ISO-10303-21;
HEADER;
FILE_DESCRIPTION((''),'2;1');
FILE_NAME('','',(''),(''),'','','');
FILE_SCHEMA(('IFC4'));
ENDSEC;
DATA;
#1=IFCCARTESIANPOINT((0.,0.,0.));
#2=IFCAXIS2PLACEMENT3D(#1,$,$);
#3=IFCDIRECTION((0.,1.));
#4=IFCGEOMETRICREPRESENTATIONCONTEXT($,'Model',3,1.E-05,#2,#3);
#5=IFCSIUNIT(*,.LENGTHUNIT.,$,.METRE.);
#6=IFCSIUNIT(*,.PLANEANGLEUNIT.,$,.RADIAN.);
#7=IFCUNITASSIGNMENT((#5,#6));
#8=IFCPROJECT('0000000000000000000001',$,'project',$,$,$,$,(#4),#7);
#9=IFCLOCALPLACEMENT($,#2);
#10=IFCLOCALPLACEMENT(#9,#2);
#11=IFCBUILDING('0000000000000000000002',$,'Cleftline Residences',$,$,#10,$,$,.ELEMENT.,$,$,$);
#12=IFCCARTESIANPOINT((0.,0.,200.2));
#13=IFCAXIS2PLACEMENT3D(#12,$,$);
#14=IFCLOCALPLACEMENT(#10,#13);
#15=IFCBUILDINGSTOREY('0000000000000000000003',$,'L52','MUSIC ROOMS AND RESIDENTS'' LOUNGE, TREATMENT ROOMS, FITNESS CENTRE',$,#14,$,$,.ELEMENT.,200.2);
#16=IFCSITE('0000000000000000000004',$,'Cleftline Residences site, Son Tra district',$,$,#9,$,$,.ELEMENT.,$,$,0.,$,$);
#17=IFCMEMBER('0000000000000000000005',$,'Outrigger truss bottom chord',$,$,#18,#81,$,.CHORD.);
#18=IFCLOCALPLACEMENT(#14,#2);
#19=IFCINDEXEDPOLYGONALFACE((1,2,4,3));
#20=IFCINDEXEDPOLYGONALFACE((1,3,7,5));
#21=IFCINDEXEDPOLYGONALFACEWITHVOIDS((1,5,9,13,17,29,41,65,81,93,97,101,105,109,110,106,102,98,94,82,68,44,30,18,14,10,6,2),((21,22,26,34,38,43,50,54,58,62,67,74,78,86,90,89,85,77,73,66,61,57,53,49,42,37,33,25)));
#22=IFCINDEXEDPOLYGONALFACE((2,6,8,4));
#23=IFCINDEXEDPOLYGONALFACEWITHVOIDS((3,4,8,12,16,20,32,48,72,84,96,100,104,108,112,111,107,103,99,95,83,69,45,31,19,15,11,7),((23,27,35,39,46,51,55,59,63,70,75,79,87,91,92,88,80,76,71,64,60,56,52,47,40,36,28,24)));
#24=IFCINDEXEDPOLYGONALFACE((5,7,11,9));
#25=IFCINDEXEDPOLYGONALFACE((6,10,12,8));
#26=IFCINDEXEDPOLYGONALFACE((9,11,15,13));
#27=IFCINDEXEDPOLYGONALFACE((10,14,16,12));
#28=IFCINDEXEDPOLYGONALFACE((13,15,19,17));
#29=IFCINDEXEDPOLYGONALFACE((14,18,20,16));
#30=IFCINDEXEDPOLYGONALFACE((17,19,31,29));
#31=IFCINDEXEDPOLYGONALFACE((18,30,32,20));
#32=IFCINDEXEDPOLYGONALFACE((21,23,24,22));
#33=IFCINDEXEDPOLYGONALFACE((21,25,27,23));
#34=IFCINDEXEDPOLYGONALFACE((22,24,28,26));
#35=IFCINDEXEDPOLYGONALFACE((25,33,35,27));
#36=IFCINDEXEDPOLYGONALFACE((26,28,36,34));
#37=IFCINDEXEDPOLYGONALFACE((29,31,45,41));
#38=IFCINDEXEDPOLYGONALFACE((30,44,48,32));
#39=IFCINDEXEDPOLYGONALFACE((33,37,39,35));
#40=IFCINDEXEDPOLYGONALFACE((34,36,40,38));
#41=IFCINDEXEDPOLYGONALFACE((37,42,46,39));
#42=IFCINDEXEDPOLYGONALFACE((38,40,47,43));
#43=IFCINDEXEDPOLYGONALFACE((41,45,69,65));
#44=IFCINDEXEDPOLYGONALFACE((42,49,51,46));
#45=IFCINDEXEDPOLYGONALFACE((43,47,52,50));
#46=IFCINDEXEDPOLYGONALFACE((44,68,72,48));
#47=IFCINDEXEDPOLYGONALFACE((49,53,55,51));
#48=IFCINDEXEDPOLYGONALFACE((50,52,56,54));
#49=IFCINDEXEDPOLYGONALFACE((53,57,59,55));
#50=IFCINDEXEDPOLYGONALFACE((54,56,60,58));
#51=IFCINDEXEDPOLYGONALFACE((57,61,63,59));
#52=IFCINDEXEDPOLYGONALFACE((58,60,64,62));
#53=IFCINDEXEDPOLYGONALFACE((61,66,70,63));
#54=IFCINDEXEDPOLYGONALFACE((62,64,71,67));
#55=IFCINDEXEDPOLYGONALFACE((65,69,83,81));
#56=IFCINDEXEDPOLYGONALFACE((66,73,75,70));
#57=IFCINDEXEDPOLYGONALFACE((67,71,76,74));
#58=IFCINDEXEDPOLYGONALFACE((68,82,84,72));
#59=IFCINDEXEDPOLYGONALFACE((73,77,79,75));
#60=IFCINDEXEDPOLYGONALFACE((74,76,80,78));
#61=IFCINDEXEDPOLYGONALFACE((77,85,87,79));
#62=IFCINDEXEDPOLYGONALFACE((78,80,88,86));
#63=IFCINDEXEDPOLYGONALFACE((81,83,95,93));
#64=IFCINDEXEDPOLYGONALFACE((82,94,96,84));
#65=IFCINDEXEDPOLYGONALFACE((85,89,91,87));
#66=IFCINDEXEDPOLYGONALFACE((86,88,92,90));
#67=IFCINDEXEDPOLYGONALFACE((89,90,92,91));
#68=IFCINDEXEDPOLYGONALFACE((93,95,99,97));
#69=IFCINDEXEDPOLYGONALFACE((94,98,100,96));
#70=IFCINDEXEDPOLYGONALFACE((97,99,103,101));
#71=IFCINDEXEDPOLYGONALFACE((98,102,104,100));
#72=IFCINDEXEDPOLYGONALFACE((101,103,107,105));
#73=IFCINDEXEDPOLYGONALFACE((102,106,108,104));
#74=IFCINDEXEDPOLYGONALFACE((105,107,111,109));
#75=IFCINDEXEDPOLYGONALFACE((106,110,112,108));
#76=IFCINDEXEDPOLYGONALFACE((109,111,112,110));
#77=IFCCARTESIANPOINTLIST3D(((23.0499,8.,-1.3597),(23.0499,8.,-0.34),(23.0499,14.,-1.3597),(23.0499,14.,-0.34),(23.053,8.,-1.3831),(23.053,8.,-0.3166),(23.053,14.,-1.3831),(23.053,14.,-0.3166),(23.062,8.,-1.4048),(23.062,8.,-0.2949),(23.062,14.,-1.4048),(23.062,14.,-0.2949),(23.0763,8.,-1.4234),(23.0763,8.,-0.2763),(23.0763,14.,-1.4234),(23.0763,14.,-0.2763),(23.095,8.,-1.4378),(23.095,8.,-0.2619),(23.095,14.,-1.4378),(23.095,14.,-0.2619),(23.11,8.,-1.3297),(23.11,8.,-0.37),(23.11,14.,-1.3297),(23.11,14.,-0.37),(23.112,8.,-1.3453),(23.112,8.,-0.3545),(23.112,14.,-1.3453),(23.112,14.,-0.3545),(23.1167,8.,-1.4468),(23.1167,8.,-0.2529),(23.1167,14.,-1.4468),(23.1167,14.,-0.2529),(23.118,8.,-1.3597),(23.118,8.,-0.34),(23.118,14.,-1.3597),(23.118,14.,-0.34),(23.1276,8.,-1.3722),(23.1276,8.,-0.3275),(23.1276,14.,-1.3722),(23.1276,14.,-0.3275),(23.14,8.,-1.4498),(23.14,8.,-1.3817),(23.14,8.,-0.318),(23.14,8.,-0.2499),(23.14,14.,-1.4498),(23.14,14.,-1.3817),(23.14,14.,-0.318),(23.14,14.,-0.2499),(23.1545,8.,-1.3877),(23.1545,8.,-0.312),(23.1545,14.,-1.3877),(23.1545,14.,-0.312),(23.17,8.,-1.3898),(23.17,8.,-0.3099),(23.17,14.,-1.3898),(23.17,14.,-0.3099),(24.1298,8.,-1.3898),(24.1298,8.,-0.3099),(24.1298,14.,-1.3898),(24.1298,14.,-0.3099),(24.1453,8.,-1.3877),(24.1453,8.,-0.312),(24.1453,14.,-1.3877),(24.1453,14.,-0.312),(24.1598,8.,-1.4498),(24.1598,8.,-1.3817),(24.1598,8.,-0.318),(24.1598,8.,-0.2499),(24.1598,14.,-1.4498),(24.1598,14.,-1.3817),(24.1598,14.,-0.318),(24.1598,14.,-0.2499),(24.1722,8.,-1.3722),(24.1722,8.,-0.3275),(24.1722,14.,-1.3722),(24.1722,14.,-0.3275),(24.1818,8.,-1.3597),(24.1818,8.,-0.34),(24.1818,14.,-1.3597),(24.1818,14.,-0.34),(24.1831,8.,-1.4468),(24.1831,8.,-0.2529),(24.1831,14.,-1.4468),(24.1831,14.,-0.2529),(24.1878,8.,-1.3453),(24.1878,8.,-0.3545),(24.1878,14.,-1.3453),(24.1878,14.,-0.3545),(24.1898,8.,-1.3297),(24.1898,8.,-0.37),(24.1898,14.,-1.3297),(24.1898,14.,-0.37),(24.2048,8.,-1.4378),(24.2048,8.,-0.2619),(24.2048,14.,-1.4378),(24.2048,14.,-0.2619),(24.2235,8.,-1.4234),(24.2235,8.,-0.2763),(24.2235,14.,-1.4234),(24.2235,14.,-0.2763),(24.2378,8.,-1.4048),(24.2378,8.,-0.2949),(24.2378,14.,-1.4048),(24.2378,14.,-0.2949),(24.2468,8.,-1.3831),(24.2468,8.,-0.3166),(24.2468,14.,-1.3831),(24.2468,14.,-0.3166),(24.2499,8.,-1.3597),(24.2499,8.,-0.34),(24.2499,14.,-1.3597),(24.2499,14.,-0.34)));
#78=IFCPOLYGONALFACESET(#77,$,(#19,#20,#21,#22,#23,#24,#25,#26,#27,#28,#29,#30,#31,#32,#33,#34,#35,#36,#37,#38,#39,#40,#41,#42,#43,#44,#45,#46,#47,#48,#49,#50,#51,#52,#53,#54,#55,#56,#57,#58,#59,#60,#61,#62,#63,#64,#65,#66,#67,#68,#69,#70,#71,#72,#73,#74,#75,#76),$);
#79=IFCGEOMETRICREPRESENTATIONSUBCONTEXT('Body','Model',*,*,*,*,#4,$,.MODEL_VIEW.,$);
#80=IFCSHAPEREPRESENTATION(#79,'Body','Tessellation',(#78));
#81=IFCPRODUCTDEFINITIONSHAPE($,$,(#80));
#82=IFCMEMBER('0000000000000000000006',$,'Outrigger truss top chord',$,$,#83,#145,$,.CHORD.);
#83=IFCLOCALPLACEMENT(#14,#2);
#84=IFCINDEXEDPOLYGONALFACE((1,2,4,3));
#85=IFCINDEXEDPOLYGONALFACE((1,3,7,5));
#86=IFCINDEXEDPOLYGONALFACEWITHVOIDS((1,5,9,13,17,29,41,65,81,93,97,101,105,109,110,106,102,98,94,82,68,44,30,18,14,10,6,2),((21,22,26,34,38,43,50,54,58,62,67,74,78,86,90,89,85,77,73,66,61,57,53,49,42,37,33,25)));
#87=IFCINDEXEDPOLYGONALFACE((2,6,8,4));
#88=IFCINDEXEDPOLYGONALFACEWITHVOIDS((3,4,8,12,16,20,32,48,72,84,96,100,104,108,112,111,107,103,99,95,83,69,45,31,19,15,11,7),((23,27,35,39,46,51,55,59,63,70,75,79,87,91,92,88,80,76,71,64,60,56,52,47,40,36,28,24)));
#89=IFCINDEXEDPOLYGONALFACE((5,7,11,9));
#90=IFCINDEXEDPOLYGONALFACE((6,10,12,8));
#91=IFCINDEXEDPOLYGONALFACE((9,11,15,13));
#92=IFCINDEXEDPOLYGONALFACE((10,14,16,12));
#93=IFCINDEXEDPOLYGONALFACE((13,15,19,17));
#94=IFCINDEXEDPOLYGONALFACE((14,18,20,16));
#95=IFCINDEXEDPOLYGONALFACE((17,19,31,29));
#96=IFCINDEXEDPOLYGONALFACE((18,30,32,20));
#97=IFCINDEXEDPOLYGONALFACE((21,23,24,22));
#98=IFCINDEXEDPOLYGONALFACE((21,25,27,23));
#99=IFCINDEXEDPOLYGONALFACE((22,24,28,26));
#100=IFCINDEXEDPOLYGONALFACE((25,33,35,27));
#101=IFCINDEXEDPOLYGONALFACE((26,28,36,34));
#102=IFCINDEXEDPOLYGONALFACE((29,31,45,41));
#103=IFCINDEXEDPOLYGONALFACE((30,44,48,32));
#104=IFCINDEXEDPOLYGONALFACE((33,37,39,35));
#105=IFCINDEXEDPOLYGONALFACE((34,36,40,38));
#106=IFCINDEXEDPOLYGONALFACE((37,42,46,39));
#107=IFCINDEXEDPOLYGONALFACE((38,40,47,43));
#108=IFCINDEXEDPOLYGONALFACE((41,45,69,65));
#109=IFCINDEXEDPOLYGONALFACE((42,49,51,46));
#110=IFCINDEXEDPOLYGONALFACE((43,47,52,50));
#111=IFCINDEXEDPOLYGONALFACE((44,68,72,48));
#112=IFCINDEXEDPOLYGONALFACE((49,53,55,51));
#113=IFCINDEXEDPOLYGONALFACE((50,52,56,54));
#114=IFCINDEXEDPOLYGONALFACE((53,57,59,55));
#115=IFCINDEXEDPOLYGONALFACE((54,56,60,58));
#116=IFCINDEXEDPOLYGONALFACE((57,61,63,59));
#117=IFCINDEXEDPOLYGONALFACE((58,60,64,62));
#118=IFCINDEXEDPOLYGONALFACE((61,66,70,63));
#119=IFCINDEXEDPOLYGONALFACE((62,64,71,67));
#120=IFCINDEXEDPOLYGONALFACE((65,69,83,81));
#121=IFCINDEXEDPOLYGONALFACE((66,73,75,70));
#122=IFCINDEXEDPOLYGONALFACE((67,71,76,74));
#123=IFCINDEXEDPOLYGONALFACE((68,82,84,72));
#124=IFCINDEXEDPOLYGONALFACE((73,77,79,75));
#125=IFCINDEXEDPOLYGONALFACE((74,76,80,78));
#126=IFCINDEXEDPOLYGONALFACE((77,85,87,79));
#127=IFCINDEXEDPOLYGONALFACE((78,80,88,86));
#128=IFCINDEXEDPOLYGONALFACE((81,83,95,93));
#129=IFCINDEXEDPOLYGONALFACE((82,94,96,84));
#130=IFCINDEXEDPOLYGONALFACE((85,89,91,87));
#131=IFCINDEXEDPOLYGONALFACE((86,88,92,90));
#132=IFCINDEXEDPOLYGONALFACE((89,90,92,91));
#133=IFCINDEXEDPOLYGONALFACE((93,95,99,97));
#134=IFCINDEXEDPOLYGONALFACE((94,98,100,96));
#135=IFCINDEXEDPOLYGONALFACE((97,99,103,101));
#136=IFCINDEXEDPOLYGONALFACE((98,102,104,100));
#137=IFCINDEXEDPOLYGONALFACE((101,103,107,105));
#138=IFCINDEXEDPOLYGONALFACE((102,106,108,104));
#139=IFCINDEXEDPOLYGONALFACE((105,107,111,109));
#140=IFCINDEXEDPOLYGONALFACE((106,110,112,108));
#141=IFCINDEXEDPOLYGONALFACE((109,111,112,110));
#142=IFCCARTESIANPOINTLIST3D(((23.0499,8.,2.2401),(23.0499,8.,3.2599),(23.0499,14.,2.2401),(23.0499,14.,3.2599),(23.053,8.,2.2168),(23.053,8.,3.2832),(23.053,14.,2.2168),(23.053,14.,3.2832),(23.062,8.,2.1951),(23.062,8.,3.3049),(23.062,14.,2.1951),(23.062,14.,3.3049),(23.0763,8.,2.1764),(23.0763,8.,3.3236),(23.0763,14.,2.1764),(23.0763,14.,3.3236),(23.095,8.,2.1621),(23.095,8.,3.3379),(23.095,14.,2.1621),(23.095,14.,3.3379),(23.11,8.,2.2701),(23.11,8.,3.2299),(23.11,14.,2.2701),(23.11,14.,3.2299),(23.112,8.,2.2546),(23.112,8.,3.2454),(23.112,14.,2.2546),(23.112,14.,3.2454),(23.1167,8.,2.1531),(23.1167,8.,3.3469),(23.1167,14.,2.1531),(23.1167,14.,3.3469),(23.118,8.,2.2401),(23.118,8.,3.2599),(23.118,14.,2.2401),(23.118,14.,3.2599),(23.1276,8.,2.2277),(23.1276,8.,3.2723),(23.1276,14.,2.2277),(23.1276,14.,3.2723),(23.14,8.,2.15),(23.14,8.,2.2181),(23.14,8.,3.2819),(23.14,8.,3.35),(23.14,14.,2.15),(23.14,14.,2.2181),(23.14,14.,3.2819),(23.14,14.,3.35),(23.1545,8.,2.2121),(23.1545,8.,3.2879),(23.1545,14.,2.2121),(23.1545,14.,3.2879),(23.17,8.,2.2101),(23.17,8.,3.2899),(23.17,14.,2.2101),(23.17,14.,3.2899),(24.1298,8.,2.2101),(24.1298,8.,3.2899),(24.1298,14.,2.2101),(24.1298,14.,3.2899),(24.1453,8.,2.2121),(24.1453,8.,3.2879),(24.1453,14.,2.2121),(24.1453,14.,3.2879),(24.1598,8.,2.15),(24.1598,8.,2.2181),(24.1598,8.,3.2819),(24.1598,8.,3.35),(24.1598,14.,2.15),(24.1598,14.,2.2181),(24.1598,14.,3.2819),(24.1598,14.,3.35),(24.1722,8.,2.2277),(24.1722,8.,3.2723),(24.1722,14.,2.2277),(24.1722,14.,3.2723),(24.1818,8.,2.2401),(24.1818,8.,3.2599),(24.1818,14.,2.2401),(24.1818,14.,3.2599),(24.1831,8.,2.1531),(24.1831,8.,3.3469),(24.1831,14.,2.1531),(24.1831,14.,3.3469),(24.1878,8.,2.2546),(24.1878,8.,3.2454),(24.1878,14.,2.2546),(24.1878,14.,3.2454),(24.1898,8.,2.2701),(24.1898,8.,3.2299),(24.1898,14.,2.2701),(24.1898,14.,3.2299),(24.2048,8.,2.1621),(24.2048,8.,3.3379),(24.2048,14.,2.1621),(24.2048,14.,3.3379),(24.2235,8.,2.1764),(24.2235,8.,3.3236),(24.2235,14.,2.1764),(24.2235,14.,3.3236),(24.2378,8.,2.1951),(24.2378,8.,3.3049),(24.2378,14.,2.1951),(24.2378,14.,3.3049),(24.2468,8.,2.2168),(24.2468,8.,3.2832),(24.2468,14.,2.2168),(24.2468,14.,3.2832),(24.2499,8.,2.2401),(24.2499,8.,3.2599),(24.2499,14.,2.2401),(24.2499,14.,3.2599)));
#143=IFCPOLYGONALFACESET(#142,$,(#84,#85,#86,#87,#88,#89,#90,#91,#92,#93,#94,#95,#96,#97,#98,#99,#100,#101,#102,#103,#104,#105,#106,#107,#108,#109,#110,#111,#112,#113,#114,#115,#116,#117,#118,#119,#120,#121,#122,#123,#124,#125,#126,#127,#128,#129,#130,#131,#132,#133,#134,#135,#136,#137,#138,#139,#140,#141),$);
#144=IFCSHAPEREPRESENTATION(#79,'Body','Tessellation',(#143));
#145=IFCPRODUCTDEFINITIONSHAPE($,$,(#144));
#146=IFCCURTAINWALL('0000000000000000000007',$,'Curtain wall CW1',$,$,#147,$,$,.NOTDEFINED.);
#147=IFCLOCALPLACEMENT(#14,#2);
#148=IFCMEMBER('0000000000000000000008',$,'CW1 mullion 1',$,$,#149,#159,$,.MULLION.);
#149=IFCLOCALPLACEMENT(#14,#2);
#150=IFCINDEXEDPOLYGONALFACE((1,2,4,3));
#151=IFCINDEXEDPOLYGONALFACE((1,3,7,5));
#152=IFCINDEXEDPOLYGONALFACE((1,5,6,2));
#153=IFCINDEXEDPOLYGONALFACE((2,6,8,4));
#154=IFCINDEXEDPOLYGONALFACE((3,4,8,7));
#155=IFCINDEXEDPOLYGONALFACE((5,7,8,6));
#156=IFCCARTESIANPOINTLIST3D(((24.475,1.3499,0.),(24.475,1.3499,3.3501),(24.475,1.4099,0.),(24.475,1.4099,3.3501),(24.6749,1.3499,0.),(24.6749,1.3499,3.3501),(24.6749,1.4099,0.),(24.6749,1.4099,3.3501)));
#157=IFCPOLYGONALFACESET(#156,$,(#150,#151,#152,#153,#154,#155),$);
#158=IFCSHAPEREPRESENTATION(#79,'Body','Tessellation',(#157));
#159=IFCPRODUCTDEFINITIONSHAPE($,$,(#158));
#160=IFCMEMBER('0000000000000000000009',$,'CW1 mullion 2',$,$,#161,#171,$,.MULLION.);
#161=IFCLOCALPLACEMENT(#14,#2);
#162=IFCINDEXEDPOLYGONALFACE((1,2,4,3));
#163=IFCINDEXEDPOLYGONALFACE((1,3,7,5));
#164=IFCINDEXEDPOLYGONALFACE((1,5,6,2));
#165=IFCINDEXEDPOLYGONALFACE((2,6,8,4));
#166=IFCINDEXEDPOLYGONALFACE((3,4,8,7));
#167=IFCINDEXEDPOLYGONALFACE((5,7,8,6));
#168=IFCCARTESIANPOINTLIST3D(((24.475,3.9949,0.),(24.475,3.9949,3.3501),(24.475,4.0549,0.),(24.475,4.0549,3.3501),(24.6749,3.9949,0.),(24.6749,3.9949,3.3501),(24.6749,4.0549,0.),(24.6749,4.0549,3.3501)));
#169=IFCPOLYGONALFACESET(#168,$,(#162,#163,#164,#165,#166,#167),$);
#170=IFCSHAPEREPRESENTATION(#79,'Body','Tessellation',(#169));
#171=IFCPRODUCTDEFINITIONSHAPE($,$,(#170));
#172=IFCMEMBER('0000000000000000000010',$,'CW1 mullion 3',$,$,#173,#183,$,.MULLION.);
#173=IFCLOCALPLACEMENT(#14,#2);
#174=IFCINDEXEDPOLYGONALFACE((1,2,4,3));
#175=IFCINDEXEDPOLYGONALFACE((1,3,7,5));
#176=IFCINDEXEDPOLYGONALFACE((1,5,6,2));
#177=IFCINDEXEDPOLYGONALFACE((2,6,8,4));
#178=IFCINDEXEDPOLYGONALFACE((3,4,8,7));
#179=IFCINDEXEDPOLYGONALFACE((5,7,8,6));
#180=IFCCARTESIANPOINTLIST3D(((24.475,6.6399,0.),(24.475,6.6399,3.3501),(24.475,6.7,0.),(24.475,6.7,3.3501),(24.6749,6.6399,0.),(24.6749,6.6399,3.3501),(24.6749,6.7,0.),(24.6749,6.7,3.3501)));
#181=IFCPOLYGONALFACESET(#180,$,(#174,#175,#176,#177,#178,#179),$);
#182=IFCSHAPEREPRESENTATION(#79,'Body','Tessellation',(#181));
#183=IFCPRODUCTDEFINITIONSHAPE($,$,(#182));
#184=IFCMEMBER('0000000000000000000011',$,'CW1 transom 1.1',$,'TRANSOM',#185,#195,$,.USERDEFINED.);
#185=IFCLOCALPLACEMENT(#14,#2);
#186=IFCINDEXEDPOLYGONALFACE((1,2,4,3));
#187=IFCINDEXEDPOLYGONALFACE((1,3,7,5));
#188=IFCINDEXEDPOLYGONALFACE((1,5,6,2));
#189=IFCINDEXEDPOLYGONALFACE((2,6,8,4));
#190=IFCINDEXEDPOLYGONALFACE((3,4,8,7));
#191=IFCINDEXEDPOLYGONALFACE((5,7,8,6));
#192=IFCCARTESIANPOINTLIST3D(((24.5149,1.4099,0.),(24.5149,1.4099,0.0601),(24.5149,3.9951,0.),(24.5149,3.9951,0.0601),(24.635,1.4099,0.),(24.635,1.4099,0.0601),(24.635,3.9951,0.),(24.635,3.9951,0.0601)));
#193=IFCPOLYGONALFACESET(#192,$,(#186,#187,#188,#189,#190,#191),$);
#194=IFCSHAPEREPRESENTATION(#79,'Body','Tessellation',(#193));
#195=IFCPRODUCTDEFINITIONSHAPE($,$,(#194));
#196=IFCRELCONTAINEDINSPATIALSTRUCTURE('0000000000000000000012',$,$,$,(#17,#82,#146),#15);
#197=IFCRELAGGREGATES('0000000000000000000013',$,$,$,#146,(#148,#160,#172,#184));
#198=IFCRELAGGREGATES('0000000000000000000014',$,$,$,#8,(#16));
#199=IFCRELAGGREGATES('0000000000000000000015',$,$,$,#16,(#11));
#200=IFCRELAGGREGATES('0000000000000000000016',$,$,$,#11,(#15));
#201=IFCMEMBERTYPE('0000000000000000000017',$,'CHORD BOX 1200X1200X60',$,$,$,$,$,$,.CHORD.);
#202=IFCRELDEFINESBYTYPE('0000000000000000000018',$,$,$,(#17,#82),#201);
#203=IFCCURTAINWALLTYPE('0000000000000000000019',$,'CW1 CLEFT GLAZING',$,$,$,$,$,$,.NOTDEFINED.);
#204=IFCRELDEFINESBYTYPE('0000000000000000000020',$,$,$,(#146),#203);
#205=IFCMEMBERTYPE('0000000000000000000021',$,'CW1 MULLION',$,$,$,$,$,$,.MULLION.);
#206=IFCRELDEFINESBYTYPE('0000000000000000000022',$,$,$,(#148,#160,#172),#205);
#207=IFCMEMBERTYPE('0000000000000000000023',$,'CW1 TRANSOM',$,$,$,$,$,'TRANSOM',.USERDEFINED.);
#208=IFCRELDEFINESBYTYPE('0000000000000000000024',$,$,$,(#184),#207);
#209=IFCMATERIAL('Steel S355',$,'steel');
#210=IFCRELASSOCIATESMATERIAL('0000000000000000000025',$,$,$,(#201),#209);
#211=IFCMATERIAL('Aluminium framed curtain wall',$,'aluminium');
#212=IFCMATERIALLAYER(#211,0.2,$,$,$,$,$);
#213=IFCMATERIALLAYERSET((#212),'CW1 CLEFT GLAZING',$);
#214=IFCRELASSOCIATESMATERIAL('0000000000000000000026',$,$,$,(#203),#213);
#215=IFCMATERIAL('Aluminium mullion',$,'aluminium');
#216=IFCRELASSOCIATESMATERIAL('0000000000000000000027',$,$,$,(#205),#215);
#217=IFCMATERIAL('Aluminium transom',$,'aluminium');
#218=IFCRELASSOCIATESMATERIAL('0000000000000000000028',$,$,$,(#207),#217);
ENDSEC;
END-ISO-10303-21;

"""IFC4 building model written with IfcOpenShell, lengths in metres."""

from ifc_helpers import new_model, si_unit, direction, frame, origin, origin_2d, place, context, subcontext, project, spatial, rectangle, hollow_rectangle, extrude, material, layer, layer_set, material_profile, profile_set, type_object, element, aggregate, save


model = new_model("IFC4")

# Units and contexts
model_context = context("Model", 3, precision=1e-05, world=origin(), true_north=direction((0.0, 1.0)))
body_context = subcontext(model_context, "Body", "Model", "MODEL_VIEW")
ifc_project = project(units=[si_unit("LENGTHUNIT", "METRE"), si_unit("PLANEANGLEUNIT", "RADIAN")], contexts=[model_context])

# Site, building, storey
site_placement = place(None, origin())
site = spatial("IfcSite", under=ifc_project, at=site_placement, Name="Cleftline Residences site, Son Tra district", CompositionType="ELEMENT", RefElevation=0.0)
building_placement = place(site_placement, origin())
building = spatial("IfcBuilding", under=site, at=building_placement, Name="Cleftline Residences", CompositionType="ELEMENT")
storey_placement = place(building_placement, frame((0.0, 0.0, 200.2)))
storey = spatial("IfcBuildingStorey", under=building, at=storey_placement, Name="L52", Description="MUSIC ROOMS AND RESIDENTS' LOUNGE, TREATMENT ROOMS, FITNESS CENTRE", CompositionType="ELEMENT", Elevation=200.2)

# Members
ifc_material_1 = material(Name="Steel S355", Category="steel")
ifc_material_profile_1 = material_profile(ifc_material_1, hollow_rectangle(XDim=1.2, YDim=1.2, WallThickness=0.0601, InnerFilletRadius=0.0601, OuterFilletRadius=0.0901, at=origin_2d()))
ifc_profile_set_1 = profile_set([ifc_material_profile_1], Name="Steel S355")
member_type_1 = type_object("IfcMemberType", Name="CHORD BOX 1200X1200X60", PredefinedType="CHORD", material=ifc_profile_set_1)
for number, where, z_axis, x_axis, name in (
    (1, (23.6499, 8.0, -0.8499), (0.0, 1.0, 0.0), (-1.0, 0.0, 0.0), "Outrigger truss bottom chord"),
    (2, (23.6499, 8.0, 2.75), (0.0, 1.0, 0.0), (-1.0, 0.0, 0.0), "Outrigger truss top chord"),
):
    element("IfcMember", number, at=place(storey_placement, frame(where, z_axis=z_axis, x_axis=x_axis)), inside=storey, type_object=member_type_1, Name=name, PredefinedType="CHORD", context=body_context, shape_type="SweptSolid", body=[
        extrude(hollow_rectangle(XDim=1.2, YDim=1.2, WallThickness=0.0601, InnerFilletRadius=0.0601, OuterFilletRadius=0.0901, at=origin_2d()), origin(), (0.0, 0.0, 1.0), 6.0),
    ])

# Curtain wall, members
ifc_material_2 = material(Name="Aluminium framed curtain wall", Category="aluminium")
ifc_layer_1 = layer(ifc_material_2, 0.2)
ifc_layer_set_1 = layer_set([ifc_layer_1], Name="CW1 CLEFT GLAZING")
curtain_wall_type = type_object("IfcCurtainWallType", Name="CW1 CLEFT GLAZING", PredefinedType="NOTDEFINED", material=ifc_layer_set_1)
curtain_wall_placement = place(storey_placement, origin())
curtain_wall = element("IfcCurtainWall", 3, at=curtain_wall_placement, inside=storey, type_object=curtain_wall_type, Name="Curtain wall CW1", PredefinedType="NOTDEFINED")
ifc_material_3 = material(Name="Aluminium mullion", Category="aluminium")
ifc_material_profile_2 = material_profile(ifc_material_3, rectangle(XDim=0.2, YDim=0.0601, at=origin_2d()))
ifc_profile_set_2 = profile_set([ifc_material_profile_2], Name="Aluminium mullion")
member_type_2 = type_object("IfcMemberType", Name="CW1 MULLION", PredefinedType="MULLION", material=ifc_profile_set_2)
member_1_placement = place(storey_placement, frame((24.575, 1.3799, 0.0), z_axis=(0.0, 0.0, 1.0), x_axis=(-1.0, 0.0, 0.0)))
member_1 = element("IfcMember", 4, at=member_1_placement, type_object=member_type_2, Name="CW1 mullion 1", PredefinedType="MULLION", context=body_context, shape_type="SweptSolid", body=[
    extrude(rectangle(XDim=0.2, YDim=0.0601, at=origin_2d()), origin(), (0.0, 0.0, 1.0), 3.3501),
])
member_2_placement = place(storey_placement, frame((24.575, 4.0249, 0.0), z_axis=(0.0, 0.0, 1.0), x_axis=(-1.0, 0.0, 0.0)))
member_2 = element("IfcMember", 5, at=member_2_placement, type_object=member_type_2, Name="CW1 mullion 2", PredefinedType="MULLION", context=body_context, shape_type="SweptSolid", body=[
    extrude(rectangle(XDim=0.2, YDim=0.0601, at=origin_2d()), origin(), (0.0, 0.0, 1.0), 3.3501),
])
member_3_placement = place(storey_placement, frame((24.575, 6.6699, 0.0), z_axis=(0.0, 0.0, 1.0), x_axis=(-1.0, 0.0, 0.0)))
member_3 = element("IfcMember", 6, at=member_3_placement, type_object=member_type_2, Name="CW1 mullion 3", PredefinedType="MULLION", context=body_context, shape_type="SweptSolid", body=[
    extrude(rectangle(XDim=0.2, YDim=0.0601, at=origin_2d()), origin(), (0.0, 0.0, 1.0), 3.3501),
])
ifc_material_4 = material(Name="Aluminium transom", Category="aluminium")
ifc_material_profile_3 = material_profile(ifc_material_4, rectangle(XDim=0.1201, YDim=0.0601, at=origin_2d()))
ifc_profile_set_3 = profile_set([ifc_material_profile_3], Name="Aluminium transom")
member_type_3 = type_object("IfcMemberType", Name="CW1 TRANSOM", ElementType="TRANSOM", PredefinedType="USERDEFINED", material=ifc_profile_set_3)
member_4_placement = place(storey_placement, frame((24.575, 1.4099, 0.03), z_axis=(0.0, 1.0, 0.0), x_axis=(-1.0, 0.0, 0.0)))
member_4 = element("IfcMember", 7, at=member_4_placement, type_object=member_type_3, Name="CW1 transom 1.1", ObjectType="TRANSOM", PredefinedType="USERDEFINED", context=body_context, shape_type="SweptSolid", body=[
    extrude(rectangle(XDim=0.1201, YDim=0.0601, at=origin_2d()), origin(), (0.0, 0.0, 1.0), 2.5852),
])
aggregate(curtain_wall, [member_1, member_2, member_3, member_4])

save(model, "model.ifc")
